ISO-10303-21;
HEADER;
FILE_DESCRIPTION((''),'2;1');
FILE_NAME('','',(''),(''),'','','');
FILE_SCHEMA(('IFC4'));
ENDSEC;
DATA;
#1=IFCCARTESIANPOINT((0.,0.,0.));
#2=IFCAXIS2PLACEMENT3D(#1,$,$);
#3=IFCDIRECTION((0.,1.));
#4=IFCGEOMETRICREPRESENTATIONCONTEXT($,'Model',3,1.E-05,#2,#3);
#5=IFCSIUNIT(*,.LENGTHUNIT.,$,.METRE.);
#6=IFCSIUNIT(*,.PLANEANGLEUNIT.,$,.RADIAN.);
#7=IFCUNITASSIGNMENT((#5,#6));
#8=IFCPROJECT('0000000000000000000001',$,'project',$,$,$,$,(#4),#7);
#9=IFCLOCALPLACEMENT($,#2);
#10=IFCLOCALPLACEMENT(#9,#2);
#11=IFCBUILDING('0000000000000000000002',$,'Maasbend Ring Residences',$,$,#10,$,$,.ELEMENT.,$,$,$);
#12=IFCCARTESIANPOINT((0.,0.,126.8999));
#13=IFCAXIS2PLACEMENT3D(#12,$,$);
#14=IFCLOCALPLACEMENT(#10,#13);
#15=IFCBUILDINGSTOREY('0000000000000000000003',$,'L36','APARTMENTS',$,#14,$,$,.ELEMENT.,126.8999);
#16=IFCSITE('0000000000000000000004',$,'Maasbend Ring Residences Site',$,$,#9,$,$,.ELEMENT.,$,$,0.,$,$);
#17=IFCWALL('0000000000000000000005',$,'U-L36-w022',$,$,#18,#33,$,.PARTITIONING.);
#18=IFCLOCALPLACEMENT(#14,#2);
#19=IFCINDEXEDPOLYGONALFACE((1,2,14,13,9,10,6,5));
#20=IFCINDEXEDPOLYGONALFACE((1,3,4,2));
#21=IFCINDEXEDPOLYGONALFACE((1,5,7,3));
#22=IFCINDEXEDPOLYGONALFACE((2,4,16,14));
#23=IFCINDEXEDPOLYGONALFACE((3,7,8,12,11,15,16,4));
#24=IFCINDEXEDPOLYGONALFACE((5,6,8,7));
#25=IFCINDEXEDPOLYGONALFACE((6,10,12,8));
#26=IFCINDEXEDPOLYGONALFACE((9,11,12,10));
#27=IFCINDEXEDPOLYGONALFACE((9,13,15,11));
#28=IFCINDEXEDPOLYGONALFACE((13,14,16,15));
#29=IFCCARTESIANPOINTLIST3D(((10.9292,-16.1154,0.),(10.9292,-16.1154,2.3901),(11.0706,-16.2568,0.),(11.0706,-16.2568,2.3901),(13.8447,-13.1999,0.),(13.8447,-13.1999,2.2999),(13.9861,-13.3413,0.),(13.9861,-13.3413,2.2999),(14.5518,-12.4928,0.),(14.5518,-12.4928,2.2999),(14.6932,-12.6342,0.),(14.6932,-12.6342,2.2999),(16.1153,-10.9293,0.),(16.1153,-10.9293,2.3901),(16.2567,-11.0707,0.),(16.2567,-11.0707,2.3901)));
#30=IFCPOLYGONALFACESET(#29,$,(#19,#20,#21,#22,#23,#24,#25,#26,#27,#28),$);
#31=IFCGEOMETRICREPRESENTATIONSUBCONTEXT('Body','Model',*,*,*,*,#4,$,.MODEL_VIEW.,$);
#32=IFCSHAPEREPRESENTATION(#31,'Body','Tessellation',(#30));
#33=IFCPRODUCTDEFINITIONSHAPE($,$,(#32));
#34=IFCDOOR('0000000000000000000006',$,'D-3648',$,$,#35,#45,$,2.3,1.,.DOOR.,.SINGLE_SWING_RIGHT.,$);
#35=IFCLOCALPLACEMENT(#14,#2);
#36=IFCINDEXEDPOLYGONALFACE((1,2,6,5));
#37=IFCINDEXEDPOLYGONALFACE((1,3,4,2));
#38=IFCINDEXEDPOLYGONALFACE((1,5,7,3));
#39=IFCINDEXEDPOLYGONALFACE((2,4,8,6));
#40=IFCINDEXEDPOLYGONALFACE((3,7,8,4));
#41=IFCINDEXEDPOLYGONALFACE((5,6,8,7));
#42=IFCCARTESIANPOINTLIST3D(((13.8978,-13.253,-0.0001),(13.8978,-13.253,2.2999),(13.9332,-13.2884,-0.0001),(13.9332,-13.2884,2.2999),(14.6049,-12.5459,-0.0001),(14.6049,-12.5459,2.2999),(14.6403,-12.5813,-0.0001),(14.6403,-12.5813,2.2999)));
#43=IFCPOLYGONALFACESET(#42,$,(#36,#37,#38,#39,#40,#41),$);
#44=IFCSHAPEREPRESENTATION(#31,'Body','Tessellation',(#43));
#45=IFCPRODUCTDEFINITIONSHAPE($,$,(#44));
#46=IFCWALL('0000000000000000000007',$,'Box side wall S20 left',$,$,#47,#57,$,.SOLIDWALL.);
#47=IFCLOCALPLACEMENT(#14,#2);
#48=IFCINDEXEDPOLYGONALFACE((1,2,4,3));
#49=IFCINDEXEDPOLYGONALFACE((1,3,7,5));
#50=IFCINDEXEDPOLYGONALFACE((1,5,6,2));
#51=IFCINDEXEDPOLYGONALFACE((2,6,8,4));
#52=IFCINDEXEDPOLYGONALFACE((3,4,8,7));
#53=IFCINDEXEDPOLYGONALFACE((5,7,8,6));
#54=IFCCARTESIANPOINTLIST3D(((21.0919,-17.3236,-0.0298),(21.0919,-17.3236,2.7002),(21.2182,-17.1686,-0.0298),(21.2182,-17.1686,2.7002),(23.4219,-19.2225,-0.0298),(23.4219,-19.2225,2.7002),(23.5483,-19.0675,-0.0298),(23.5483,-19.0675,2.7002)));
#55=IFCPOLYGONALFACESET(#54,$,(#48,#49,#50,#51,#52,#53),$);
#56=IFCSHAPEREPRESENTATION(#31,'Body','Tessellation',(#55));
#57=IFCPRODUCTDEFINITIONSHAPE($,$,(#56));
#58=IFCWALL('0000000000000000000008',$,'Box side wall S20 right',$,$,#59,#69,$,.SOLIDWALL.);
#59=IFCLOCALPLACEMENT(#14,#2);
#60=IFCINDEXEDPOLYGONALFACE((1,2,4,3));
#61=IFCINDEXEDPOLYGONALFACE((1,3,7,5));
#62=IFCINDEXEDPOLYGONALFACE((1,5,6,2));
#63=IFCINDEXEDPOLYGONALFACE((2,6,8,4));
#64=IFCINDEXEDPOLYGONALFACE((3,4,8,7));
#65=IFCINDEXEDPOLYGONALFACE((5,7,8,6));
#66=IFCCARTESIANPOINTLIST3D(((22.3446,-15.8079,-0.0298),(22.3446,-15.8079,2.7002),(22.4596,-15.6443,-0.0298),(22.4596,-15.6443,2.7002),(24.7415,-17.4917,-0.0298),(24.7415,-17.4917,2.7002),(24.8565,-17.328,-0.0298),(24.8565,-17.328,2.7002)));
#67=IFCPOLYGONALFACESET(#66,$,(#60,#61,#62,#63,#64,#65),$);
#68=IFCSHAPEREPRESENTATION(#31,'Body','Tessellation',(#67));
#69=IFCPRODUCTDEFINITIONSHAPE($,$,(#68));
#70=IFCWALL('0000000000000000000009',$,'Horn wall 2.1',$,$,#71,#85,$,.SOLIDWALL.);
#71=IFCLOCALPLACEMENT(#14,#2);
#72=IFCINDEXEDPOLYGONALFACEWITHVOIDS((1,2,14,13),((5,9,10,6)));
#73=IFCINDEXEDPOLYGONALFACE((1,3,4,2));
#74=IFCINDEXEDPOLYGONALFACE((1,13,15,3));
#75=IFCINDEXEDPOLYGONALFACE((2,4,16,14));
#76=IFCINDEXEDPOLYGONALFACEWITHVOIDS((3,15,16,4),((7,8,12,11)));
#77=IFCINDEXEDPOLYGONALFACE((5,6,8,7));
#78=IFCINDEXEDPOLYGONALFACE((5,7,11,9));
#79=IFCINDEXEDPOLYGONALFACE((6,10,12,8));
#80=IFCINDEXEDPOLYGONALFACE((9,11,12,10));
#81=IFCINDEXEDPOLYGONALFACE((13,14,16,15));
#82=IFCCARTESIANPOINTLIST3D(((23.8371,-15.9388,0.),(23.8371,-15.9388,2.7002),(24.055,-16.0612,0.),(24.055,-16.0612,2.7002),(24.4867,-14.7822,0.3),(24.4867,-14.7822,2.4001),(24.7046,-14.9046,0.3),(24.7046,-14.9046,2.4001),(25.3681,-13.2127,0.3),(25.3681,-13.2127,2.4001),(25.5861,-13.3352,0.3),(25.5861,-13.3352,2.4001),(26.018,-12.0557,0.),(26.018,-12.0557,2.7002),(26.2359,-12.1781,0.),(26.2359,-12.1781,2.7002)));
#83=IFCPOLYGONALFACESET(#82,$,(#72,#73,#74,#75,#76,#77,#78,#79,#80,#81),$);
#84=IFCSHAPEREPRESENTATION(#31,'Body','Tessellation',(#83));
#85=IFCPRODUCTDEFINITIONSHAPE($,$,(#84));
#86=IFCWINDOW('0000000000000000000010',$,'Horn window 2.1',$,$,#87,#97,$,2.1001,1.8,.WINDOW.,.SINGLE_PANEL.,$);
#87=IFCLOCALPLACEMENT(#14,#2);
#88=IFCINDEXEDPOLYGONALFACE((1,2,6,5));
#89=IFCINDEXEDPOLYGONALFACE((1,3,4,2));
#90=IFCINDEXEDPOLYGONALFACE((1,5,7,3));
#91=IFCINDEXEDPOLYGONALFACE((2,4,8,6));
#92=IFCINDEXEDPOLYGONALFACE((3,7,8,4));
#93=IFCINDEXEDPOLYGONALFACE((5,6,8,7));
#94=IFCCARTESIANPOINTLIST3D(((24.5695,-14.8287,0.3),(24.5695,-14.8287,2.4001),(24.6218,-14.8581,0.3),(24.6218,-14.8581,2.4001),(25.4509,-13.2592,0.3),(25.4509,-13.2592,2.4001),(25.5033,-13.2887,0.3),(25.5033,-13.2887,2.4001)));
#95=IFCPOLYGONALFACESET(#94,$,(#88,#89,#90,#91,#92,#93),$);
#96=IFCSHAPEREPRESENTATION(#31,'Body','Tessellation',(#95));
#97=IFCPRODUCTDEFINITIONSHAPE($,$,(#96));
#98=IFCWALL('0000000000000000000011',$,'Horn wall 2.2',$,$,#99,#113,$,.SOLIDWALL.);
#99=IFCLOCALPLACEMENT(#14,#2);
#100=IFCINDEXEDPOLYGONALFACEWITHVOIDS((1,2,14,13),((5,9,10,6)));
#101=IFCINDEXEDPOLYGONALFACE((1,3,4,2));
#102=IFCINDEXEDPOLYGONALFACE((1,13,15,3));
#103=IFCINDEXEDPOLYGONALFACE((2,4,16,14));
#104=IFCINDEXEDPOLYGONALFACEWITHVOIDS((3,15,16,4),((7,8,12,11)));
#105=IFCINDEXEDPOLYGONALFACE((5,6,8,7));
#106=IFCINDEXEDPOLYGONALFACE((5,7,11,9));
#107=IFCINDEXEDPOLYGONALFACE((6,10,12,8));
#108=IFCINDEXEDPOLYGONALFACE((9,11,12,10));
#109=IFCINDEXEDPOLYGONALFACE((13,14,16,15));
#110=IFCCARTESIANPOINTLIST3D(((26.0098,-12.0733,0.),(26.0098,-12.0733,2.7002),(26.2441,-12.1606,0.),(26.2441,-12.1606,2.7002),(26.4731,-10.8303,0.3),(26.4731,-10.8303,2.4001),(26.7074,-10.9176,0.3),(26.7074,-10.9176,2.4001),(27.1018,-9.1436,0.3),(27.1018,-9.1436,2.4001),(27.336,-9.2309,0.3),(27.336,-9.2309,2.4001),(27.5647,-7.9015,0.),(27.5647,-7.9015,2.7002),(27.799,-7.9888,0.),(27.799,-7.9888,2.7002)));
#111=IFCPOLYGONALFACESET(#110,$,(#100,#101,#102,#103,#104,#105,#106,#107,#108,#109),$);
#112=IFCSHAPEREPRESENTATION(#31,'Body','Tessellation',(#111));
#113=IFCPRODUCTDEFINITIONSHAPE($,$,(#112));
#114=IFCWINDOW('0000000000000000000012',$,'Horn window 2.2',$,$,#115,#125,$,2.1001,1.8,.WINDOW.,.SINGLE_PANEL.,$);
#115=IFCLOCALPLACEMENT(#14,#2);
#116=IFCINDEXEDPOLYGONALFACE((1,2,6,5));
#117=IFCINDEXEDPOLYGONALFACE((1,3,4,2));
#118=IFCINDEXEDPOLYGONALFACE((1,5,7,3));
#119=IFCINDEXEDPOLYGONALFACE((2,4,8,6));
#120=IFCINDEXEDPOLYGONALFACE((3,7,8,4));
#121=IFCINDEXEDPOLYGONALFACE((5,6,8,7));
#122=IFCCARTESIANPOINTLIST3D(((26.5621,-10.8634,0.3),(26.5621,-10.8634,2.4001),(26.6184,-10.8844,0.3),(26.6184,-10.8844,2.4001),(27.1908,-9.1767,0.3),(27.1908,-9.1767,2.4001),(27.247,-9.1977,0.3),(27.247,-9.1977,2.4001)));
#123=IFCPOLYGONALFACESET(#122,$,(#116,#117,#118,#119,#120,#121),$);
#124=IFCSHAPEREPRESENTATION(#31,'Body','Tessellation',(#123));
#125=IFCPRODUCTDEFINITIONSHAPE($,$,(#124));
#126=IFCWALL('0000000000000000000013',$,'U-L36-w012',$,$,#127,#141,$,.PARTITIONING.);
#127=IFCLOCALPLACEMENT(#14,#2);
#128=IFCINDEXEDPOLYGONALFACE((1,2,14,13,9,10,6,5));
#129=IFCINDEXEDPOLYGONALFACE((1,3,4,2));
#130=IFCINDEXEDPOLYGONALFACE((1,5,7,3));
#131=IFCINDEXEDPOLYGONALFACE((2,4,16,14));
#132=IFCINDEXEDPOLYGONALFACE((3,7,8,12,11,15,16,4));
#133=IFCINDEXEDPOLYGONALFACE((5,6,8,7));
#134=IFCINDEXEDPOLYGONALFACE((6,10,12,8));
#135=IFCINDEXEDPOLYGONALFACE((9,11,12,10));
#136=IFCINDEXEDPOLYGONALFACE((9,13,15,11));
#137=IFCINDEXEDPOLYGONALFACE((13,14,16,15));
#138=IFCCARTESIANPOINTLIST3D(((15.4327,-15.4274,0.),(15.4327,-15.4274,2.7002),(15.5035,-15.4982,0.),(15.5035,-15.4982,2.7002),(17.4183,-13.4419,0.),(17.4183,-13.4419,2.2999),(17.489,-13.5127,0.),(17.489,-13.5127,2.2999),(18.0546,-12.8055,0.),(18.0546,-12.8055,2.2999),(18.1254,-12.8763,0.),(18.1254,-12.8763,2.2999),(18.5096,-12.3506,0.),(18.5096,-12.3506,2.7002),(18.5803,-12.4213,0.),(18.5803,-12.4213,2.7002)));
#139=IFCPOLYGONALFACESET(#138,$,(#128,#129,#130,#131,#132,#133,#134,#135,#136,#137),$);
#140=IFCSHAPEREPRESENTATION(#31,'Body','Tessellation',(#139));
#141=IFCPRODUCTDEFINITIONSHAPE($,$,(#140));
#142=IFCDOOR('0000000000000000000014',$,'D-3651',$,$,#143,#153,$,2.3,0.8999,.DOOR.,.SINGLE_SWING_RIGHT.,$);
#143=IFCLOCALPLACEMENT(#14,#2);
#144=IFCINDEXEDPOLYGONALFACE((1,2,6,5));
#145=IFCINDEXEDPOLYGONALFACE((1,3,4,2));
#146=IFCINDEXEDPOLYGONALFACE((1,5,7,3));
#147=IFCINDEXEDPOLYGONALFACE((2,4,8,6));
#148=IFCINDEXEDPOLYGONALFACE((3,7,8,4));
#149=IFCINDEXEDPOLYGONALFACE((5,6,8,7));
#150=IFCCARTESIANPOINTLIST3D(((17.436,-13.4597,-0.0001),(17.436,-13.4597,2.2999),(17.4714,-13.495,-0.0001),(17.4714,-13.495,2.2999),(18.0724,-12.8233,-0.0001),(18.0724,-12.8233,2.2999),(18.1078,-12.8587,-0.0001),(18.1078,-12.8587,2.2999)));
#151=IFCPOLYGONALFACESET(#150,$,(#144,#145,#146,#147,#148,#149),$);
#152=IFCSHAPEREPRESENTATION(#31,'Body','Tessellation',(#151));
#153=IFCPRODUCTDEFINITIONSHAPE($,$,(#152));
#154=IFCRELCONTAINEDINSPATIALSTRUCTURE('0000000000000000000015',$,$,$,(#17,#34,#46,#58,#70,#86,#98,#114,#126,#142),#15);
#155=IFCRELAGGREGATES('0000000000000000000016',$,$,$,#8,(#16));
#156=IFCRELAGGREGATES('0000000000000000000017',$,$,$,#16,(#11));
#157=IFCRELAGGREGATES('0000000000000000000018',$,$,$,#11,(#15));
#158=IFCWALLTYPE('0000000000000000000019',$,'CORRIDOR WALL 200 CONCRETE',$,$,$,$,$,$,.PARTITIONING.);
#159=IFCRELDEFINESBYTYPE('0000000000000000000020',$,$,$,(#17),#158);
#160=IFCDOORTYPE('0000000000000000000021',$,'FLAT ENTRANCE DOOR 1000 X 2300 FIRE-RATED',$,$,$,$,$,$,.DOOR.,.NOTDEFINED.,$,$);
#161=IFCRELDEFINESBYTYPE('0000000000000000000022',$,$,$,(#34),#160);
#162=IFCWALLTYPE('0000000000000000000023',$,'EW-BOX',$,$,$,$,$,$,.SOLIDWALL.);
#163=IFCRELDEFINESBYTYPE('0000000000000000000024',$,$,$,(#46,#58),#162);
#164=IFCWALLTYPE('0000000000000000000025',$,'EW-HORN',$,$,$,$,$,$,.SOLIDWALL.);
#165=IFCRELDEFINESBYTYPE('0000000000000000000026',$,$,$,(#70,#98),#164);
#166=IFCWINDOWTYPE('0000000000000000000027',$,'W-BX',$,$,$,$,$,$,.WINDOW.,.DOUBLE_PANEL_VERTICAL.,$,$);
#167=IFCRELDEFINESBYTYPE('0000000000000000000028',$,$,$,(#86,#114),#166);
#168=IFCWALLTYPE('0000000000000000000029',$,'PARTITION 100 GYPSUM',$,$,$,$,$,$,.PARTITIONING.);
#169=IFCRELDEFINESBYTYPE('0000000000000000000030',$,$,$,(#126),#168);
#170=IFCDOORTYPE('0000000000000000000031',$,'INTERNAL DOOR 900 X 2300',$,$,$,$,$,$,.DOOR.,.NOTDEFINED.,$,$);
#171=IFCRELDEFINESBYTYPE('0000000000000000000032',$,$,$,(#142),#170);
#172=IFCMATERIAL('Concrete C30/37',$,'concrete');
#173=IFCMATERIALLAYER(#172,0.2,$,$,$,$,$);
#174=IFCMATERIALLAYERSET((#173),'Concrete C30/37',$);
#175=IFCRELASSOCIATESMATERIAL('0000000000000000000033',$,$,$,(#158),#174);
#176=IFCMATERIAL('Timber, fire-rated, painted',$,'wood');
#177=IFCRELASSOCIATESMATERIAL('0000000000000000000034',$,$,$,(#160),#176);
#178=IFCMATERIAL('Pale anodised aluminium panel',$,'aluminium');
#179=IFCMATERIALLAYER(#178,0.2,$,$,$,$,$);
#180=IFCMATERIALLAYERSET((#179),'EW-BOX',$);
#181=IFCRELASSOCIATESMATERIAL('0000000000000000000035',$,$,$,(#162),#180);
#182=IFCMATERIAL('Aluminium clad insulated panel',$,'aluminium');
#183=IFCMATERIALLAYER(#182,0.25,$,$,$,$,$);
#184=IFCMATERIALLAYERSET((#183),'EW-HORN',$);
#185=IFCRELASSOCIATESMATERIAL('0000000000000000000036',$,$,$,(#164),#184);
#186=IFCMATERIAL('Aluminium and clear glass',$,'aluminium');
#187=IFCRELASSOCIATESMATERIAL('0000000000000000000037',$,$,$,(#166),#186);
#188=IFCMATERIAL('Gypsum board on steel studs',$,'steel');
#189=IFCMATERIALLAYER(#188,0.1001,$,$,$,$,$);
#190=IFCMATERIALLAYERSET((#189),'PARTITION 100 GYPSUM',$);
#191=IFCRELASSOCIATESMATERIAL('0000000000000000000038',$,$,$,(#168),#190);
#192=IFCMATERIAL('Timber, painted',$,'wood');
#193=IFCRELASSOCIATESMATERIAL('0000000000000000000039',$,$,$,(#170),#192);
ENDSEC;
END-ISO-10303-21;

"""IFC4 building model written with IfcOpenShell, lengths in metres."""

from ifc_helpers import new_model, si_unit, direction, frame, frame_2d, origin, place, context, subcontext, project, spatial, rectangle, extrude, material, layer, layer_set, type_object, element, fill, save


model = new_model("IFC4")

# Units and contexts
model_context = context("Model", 3, precision=1e-05, world=origin(), true_north=direction((0.0, 1.0)))
body_context = subcontext(model_context, "Body", "Model", "MODEL_VIEW")
ifc_project = project(units=[si_unit("LENGTHUNIT", "METRE"), si_unit("PLANEANGLEUNIT", "RADIAN")], contexts=[model_context])

# Site, building, storey
site_placement = place(None, origin())
site = spatial("IfcSite", under=ifc_project, at=site_placement, Name="Maasbend Ring Residences Site", CompositionType="ELEMENT", RefElevation=0.0)
building_placement = place(site_placement, origin())
building = spatial("IfcBuilding", under=site, at=building_placement, Name="Maasbend Ring Residences", CompositionType="ELEMENT")
storey_placement = place(building_placement, frame((0.0, 0.0, 126.8999)))
storey = spatial("IfcBuildingStorey", under=building, at=storey_placement, Name="L36", Description="APARTMENTS", CompositionType="ELEMENT", Elevation=126.8999)

# Wall, opening, door
ifc_material_1 = material(Name="Concrete C30/37", Category="concrete")
ifc_layer_1 = layer(ifc_material_1, 0.2)
ifc_layer_set_1 = layer_set([ifc_layer_1], Name="Concrete C30/37")
wall_type_1 = type_object("IfcWallType", Name="CORRIDOR WALL 200 CONCRETE", PredefinedType="PARTITIONING", material=ifc_layer_set_1)
wall_1_placement = place(storey_placement, frame((11.0, -16.186, 0.0), z_axis=(0.0, 0.0, 1.0), x_axis=(0.707107, 0.707107, 0.0)))
wall_1 = element("IfcWall", 1, at=wall_1_placement, inside=storey, type_object=wall_type_1, Name="U-L36-w022", PredefinedType="PARTITIONING", context=body_context, shape_type="SweptSolid", body=[
    extrude(rectangle(XDim=7.3342, YDim=0.2, at=frame_2d((3.667, 0.0))), origin(), (0.0, 0.0, 1.0), 2.3901),
])
opening_1_placement = place(wall_1_placement, frame((4.123, 0.0, 0.0)))
opening_1 = element("IfcOpeningElement", 2, at=opening_1_placement, cuts=wall_1, PredefinedType="OPENING", context=body_context, shape_type="SweptSolid", body=[
    extrude(rectangle(XDim=1.0, YDim=2.3, at=frame_2d((0.5, 1.1499))), frame((0.0, 0.1099, 0.0), z_axis=(0.0, -1.0, 0.0), x_axis=(1.0, 0.0, 0.0)), (0.0, 0.0, 1.0), 0.22),
])
ifc_material_2 = material(Name="Timber, fire-rated, painted", Category="wood")
door_type_1 = type_object("IfcDoorType", Name="FLAT ENTRANCE DOOR 1000 X 2300 FIRE-RATED", OperationType="NOTDEFINED", PredefinedType="DOOR", material=ifc_material_2)
door_1_placement = place(opening_1_placement, origin())
door_1 = element("IfcDoor", 3, at=door_1_placement, inside=storey, type_object=door_type_1, Name="D-3648", OperationType="SINGLE_SWING_RIGHT", OverallHeight=2.3, OverallWidth=1.0, PredefinedType="DOOR", context=body_context, shape_type="SweptSolid", body=[
    extrude(rectangle(XDim=1.0, YDim=2.3, at=frame_2d((0.5, 1.1499))), frame((0.0, 0.0249, 0.0), z_axis=(0.0, -1.0, 0.0), x_axis=(1.0, 0.0, 0.0)), (0.0, 0.0, 1.0), 0.05),
])
fill(opening_1, door_1)

# Walls
ifc_material_3 = material(Name="Pale anodised aluminium panel", Category="aluminium")
ifc_layer_2 = layer(ifc_material_3, 0.2)
ifc_layer_set_2 = layer_set([ifc_layer_2], Name="EW-BOX")
wall_type_2 = type_object("IfcWallType", Name="EW-BOX", PredefinedType="SOLIDWALL", material=ifc_layer_set_2)
wall_2_placement = place(storey_placement, frame((21.155, -17.2461, -0.0298), z_axis=(0.0, 0.0, 1.0), x_axis=(0.775179, -0.631742, 0.0)))
element("IfcWall", 4, at=wall_2_placement, inside=storey, type_object=wall_type_2, Name="Box side wall S20 left", PredefinedType="SOLIDWALL", context=body_context, shape_type="SweptSolid", body=[
    extrude(rectangle(XDim=3.0059, YDim=0.2, at=frame_2d((1.5029, 0.0))), origin(), (0.0, 0.0, 1.0), 2.73),
])
wall_3_placement = place(storey_placement, frame((22.4021, -15.7261, -0.0298), z_axis=(0.0, 0.0, 1.0), x_axis=(0.818275, -0.574826, 0.0)))
element("IfcWall", 5, at=wall_3_placement, inside=storey, type_object=wall_type_2, Name="Box side wall S20 right", PredefinedType="SOLIDWALL", context=body_context, shape_type="SweptSolid", body=[
    extrude(rectangle(XDim=2.9292, YDim=0.2, at=frame_2d((1.4646, 0.0))), origin(), (0.0, 0.0, 1.0), 2.73),
])

# Walls, openings, windows
ifc_material_4 = material(Name="Aluminium clad insulated panel", Category="aluminium")
ifc_layer_3 = layer(ifc_material_4, 0.25)
ifc_layer_set_3 = layer_set([ifc_layer_3], Name="EW-HORN")
wall_type_3 = type_object("IfcWallType", Name="EW-HORN", PredefinedType="SOLIDWALL", material=ifc_layer_set_3)
wall_4_placement = place(storey_placement, frame((23.946, -16.0, 0.0), z_axis=(0.0, 0.0, 1.0), x_axis=(0.489696, 0.871893, 0.0)))
wall_4 = element("IfcWall", 6, at=wall_4_placement, inside=storey, type_object=wall_type_3, Name="Horn wall 2.1", PredefinedType="SOLIDWALL", context=body_context, shape_type="SweptSolid", body=[
    extrude(rectangle(XDim=4.4536, YDim=0.25, at=frame_2d((2.2268, 0.0))), origin(), (0.0, 0.0, 1.0), 2.7002),
])
opening_2_placement = place(wall_4_placement, frame((1.3267, 0.0, 0.3)))
opening_2 = element("IfcOpeningElement", 7, at=opening_2_placement, cuts=wall_4, PredefinedType="OPENING", context=body_context, shape_type="SweptSolid", body=[
    extrude(rectangle(XDim=1.8, YDim=2.1001, at=frame_2d((0.8999, 1.05))), frame((0.0, 0.135, 0.0), z_axis=(0.0, -1.0, 0.0), x_axis=(1.0, 0.0, 0.0)), (0.0, 0.0, 1.0), 0.27),
])
ifc_material_5 = material(Name="Aluminium and clear glass", Category="aluminium")
window_type = type_object("IfcWindowType", Name="W-BX", PartitioningType="DOUBLE_PANEL_VERTICAL", PredefinedType="WINDOW", material=ifc_material_5)
window_1_placement = place(opening_2_placement, origin())
window_1 = element("IfcWindow", 8, at=window_1_placement, inside=storey, type_object=window_type, Name="Horn window 2.1", OverallHeight=2.1001, OverallWidth=1.8, PartitioningType="SINGLE_PANEL", PredefinedType="WINDOW", context=body_context, shape_type="SweptSolid", body=[
    extrude(rectangle(XDim=1.8, YDim=2.1001, at=frame_2d((0.8999, 1.05))), frame((0.0, 0.03, 0.0), z_axis=(0.0, -1.0, 0.0), x_axis=(1.0, 0.0, 0.0)), (0.0, 0.0, 1.0), 0.0601),
])
fill(opening_2, window_1)
wall_5_placement = place(storey_placement, frame((26.127, -12.1169, 0.0), z_axis=(0.0, 0.0, 1.0), x_axis=(0.349248, 0.93703, 0.0)))
wall_5 = element("IfcWall", 9, at=wall_5_placement, inside=storey, type_object=wall_type_3, Name="Horn wall 2.2", PredefinedType="SOLIDWALL", context=body_context, shape_type="SweptSolid", body=[
    extrude(rectangle(XDim=4.4521, YDim=0.25, at=frame_2d((2.2261, 0.0))), origin(), (0.0, 0.0, 1.0), 2.7002),
])
opening_3_placement = place(wall_5_placement, frame((1.3267, 0.0, 0.3)))
opening_3 = element("IfcOpeningElement", 10, at=opening_3_placement, cuts=wall_5, PredefinedType="OPENING", context=body_context, shape_type="SweptSolid", body=[
    extrude(rectangle(XDim=1.8, YDim=2.1001, at=frame_2d((0.8999, 1.05))), frame((0.0, 0.135, 0.0), z_axis=(0.0, -1.0, 0.0), x_axis=(1.0, 0.0, 0.0)), (0.0, 0.0, 1.0), 0.27),
])
window_2_placement = place(opening_3_placement, origin())
window_2 = element("IfcWindow", 11, at=window_2_placement, inside=storey, type_object=window_type, Name="Horn window 2.2", OverallHeight=2.1001, OverallWidth=1.8, PartitioningType="SINGLE_PANEL", PredefinedType="WINDOW", context=body_context, shape_type="SweptSolid", body=[
    extrude(rectangle(XDim=1.8, YDim=2.1001, at=frame_2d((0.8999, 1.05))), frame((0.0, 0.03, 0.0), z_axis=(0.0, -1.0, 0.0), x_axis=(1.0, 0.0, 0.0)), (0.0, 0.0, 1.0), 0.0601),
])
fill(opening_3, window_2)

# Wall, opening, door
ifc_material_6 = material(Name="Gypsum board on steel studs", Category="steel")
ifc_layer_4 = layer(ifc_material_6, 0.1001)
ifc_layer_set_4 = layer_set([ifc_layer_4], Name="PARTITION 100 GYPSUM")
wall_type_4 = type_object("IfcWallType", Name="PARTITION 100 GYPSUM", PredefinedType="PARTITIONING", material=ifc_layer_set_4)
wall_6_placement = place(storey_placement, frame((15.468, -15.4629, 0.0), z_axis=(0.0, 0.0, 1.0), x_axis=(0.707107, 0.707107, 0.0)))
wall_6 = element("IfcWall", 12, at=wall_6_placement, inside=storey, type_object=wall_type_4, Name="U-L36-w012", PredefinedType="PARTITIONING", context=body_context, shape_type="SweptSolid", body=[
    extrude(rectangle(XDim=4.3513, YDim=0.1001, at=frame_2d((2.1758, 0.0))), origin(), (0.0, 0.0, 1.0), 2.7002),
])
opening_4_placement = place(wall_6_placement, frame((2.8081, 0.0, 0.0)))
opening_4 = element("IfcOpeningElement", 13, at=opening_4_placement, cuts=wall_6, PredefinedType="OPENING", context=body_context, shape_type="SweptSolid", body=[
    extrude(rectangle(XDim=0.8999, YDim=2.3, at=frame_2d((0.45, 1.1499))), frame((0.0, 0.0601, 0.0), z_axis=(0.0, -1.0, 0.0), x_axis=(1.0, 0.0, 0.0)), (0.0, 0.0, 1.0), 0.1201),
])
ifc_material_7 = material(Name="Timber, painted", Category="wood")
door_type_2 = type_object("IfcDoorType", Name="INTERNAL DOOR 900 X 2300", OperationType="NOTDEFINED", PredefinedType="DOOR", material=ifc_material_7)
door_2_placement = place(opening_4_placement, origin())
door_2 = element("IfcDoor", 14, at=door_2_placement, inside=storey, type_object=door_type_2, Name="D-3651", OperationType="SINGLE_SWING_RIGHT", OverallHeight=2.3, OverallWidth=0.8999, PredefinedType="DOOR", context=body_context, shape_type="SweptSolid", body=[
    extrude(rectangle(XDim=0.8999, YDim=2.3, at=frame_2d((0.45, 1.1499))), frame((0.0, 0.0249, 0.0), z_axis=(0.0, -1.0, 0.0), x_axis=(1.0, 0.0, 0.0)), (0.0, 0.0, 1.0), 0.05),
])
fill(opening_4, door_2)

save(model, "model.ifc")
